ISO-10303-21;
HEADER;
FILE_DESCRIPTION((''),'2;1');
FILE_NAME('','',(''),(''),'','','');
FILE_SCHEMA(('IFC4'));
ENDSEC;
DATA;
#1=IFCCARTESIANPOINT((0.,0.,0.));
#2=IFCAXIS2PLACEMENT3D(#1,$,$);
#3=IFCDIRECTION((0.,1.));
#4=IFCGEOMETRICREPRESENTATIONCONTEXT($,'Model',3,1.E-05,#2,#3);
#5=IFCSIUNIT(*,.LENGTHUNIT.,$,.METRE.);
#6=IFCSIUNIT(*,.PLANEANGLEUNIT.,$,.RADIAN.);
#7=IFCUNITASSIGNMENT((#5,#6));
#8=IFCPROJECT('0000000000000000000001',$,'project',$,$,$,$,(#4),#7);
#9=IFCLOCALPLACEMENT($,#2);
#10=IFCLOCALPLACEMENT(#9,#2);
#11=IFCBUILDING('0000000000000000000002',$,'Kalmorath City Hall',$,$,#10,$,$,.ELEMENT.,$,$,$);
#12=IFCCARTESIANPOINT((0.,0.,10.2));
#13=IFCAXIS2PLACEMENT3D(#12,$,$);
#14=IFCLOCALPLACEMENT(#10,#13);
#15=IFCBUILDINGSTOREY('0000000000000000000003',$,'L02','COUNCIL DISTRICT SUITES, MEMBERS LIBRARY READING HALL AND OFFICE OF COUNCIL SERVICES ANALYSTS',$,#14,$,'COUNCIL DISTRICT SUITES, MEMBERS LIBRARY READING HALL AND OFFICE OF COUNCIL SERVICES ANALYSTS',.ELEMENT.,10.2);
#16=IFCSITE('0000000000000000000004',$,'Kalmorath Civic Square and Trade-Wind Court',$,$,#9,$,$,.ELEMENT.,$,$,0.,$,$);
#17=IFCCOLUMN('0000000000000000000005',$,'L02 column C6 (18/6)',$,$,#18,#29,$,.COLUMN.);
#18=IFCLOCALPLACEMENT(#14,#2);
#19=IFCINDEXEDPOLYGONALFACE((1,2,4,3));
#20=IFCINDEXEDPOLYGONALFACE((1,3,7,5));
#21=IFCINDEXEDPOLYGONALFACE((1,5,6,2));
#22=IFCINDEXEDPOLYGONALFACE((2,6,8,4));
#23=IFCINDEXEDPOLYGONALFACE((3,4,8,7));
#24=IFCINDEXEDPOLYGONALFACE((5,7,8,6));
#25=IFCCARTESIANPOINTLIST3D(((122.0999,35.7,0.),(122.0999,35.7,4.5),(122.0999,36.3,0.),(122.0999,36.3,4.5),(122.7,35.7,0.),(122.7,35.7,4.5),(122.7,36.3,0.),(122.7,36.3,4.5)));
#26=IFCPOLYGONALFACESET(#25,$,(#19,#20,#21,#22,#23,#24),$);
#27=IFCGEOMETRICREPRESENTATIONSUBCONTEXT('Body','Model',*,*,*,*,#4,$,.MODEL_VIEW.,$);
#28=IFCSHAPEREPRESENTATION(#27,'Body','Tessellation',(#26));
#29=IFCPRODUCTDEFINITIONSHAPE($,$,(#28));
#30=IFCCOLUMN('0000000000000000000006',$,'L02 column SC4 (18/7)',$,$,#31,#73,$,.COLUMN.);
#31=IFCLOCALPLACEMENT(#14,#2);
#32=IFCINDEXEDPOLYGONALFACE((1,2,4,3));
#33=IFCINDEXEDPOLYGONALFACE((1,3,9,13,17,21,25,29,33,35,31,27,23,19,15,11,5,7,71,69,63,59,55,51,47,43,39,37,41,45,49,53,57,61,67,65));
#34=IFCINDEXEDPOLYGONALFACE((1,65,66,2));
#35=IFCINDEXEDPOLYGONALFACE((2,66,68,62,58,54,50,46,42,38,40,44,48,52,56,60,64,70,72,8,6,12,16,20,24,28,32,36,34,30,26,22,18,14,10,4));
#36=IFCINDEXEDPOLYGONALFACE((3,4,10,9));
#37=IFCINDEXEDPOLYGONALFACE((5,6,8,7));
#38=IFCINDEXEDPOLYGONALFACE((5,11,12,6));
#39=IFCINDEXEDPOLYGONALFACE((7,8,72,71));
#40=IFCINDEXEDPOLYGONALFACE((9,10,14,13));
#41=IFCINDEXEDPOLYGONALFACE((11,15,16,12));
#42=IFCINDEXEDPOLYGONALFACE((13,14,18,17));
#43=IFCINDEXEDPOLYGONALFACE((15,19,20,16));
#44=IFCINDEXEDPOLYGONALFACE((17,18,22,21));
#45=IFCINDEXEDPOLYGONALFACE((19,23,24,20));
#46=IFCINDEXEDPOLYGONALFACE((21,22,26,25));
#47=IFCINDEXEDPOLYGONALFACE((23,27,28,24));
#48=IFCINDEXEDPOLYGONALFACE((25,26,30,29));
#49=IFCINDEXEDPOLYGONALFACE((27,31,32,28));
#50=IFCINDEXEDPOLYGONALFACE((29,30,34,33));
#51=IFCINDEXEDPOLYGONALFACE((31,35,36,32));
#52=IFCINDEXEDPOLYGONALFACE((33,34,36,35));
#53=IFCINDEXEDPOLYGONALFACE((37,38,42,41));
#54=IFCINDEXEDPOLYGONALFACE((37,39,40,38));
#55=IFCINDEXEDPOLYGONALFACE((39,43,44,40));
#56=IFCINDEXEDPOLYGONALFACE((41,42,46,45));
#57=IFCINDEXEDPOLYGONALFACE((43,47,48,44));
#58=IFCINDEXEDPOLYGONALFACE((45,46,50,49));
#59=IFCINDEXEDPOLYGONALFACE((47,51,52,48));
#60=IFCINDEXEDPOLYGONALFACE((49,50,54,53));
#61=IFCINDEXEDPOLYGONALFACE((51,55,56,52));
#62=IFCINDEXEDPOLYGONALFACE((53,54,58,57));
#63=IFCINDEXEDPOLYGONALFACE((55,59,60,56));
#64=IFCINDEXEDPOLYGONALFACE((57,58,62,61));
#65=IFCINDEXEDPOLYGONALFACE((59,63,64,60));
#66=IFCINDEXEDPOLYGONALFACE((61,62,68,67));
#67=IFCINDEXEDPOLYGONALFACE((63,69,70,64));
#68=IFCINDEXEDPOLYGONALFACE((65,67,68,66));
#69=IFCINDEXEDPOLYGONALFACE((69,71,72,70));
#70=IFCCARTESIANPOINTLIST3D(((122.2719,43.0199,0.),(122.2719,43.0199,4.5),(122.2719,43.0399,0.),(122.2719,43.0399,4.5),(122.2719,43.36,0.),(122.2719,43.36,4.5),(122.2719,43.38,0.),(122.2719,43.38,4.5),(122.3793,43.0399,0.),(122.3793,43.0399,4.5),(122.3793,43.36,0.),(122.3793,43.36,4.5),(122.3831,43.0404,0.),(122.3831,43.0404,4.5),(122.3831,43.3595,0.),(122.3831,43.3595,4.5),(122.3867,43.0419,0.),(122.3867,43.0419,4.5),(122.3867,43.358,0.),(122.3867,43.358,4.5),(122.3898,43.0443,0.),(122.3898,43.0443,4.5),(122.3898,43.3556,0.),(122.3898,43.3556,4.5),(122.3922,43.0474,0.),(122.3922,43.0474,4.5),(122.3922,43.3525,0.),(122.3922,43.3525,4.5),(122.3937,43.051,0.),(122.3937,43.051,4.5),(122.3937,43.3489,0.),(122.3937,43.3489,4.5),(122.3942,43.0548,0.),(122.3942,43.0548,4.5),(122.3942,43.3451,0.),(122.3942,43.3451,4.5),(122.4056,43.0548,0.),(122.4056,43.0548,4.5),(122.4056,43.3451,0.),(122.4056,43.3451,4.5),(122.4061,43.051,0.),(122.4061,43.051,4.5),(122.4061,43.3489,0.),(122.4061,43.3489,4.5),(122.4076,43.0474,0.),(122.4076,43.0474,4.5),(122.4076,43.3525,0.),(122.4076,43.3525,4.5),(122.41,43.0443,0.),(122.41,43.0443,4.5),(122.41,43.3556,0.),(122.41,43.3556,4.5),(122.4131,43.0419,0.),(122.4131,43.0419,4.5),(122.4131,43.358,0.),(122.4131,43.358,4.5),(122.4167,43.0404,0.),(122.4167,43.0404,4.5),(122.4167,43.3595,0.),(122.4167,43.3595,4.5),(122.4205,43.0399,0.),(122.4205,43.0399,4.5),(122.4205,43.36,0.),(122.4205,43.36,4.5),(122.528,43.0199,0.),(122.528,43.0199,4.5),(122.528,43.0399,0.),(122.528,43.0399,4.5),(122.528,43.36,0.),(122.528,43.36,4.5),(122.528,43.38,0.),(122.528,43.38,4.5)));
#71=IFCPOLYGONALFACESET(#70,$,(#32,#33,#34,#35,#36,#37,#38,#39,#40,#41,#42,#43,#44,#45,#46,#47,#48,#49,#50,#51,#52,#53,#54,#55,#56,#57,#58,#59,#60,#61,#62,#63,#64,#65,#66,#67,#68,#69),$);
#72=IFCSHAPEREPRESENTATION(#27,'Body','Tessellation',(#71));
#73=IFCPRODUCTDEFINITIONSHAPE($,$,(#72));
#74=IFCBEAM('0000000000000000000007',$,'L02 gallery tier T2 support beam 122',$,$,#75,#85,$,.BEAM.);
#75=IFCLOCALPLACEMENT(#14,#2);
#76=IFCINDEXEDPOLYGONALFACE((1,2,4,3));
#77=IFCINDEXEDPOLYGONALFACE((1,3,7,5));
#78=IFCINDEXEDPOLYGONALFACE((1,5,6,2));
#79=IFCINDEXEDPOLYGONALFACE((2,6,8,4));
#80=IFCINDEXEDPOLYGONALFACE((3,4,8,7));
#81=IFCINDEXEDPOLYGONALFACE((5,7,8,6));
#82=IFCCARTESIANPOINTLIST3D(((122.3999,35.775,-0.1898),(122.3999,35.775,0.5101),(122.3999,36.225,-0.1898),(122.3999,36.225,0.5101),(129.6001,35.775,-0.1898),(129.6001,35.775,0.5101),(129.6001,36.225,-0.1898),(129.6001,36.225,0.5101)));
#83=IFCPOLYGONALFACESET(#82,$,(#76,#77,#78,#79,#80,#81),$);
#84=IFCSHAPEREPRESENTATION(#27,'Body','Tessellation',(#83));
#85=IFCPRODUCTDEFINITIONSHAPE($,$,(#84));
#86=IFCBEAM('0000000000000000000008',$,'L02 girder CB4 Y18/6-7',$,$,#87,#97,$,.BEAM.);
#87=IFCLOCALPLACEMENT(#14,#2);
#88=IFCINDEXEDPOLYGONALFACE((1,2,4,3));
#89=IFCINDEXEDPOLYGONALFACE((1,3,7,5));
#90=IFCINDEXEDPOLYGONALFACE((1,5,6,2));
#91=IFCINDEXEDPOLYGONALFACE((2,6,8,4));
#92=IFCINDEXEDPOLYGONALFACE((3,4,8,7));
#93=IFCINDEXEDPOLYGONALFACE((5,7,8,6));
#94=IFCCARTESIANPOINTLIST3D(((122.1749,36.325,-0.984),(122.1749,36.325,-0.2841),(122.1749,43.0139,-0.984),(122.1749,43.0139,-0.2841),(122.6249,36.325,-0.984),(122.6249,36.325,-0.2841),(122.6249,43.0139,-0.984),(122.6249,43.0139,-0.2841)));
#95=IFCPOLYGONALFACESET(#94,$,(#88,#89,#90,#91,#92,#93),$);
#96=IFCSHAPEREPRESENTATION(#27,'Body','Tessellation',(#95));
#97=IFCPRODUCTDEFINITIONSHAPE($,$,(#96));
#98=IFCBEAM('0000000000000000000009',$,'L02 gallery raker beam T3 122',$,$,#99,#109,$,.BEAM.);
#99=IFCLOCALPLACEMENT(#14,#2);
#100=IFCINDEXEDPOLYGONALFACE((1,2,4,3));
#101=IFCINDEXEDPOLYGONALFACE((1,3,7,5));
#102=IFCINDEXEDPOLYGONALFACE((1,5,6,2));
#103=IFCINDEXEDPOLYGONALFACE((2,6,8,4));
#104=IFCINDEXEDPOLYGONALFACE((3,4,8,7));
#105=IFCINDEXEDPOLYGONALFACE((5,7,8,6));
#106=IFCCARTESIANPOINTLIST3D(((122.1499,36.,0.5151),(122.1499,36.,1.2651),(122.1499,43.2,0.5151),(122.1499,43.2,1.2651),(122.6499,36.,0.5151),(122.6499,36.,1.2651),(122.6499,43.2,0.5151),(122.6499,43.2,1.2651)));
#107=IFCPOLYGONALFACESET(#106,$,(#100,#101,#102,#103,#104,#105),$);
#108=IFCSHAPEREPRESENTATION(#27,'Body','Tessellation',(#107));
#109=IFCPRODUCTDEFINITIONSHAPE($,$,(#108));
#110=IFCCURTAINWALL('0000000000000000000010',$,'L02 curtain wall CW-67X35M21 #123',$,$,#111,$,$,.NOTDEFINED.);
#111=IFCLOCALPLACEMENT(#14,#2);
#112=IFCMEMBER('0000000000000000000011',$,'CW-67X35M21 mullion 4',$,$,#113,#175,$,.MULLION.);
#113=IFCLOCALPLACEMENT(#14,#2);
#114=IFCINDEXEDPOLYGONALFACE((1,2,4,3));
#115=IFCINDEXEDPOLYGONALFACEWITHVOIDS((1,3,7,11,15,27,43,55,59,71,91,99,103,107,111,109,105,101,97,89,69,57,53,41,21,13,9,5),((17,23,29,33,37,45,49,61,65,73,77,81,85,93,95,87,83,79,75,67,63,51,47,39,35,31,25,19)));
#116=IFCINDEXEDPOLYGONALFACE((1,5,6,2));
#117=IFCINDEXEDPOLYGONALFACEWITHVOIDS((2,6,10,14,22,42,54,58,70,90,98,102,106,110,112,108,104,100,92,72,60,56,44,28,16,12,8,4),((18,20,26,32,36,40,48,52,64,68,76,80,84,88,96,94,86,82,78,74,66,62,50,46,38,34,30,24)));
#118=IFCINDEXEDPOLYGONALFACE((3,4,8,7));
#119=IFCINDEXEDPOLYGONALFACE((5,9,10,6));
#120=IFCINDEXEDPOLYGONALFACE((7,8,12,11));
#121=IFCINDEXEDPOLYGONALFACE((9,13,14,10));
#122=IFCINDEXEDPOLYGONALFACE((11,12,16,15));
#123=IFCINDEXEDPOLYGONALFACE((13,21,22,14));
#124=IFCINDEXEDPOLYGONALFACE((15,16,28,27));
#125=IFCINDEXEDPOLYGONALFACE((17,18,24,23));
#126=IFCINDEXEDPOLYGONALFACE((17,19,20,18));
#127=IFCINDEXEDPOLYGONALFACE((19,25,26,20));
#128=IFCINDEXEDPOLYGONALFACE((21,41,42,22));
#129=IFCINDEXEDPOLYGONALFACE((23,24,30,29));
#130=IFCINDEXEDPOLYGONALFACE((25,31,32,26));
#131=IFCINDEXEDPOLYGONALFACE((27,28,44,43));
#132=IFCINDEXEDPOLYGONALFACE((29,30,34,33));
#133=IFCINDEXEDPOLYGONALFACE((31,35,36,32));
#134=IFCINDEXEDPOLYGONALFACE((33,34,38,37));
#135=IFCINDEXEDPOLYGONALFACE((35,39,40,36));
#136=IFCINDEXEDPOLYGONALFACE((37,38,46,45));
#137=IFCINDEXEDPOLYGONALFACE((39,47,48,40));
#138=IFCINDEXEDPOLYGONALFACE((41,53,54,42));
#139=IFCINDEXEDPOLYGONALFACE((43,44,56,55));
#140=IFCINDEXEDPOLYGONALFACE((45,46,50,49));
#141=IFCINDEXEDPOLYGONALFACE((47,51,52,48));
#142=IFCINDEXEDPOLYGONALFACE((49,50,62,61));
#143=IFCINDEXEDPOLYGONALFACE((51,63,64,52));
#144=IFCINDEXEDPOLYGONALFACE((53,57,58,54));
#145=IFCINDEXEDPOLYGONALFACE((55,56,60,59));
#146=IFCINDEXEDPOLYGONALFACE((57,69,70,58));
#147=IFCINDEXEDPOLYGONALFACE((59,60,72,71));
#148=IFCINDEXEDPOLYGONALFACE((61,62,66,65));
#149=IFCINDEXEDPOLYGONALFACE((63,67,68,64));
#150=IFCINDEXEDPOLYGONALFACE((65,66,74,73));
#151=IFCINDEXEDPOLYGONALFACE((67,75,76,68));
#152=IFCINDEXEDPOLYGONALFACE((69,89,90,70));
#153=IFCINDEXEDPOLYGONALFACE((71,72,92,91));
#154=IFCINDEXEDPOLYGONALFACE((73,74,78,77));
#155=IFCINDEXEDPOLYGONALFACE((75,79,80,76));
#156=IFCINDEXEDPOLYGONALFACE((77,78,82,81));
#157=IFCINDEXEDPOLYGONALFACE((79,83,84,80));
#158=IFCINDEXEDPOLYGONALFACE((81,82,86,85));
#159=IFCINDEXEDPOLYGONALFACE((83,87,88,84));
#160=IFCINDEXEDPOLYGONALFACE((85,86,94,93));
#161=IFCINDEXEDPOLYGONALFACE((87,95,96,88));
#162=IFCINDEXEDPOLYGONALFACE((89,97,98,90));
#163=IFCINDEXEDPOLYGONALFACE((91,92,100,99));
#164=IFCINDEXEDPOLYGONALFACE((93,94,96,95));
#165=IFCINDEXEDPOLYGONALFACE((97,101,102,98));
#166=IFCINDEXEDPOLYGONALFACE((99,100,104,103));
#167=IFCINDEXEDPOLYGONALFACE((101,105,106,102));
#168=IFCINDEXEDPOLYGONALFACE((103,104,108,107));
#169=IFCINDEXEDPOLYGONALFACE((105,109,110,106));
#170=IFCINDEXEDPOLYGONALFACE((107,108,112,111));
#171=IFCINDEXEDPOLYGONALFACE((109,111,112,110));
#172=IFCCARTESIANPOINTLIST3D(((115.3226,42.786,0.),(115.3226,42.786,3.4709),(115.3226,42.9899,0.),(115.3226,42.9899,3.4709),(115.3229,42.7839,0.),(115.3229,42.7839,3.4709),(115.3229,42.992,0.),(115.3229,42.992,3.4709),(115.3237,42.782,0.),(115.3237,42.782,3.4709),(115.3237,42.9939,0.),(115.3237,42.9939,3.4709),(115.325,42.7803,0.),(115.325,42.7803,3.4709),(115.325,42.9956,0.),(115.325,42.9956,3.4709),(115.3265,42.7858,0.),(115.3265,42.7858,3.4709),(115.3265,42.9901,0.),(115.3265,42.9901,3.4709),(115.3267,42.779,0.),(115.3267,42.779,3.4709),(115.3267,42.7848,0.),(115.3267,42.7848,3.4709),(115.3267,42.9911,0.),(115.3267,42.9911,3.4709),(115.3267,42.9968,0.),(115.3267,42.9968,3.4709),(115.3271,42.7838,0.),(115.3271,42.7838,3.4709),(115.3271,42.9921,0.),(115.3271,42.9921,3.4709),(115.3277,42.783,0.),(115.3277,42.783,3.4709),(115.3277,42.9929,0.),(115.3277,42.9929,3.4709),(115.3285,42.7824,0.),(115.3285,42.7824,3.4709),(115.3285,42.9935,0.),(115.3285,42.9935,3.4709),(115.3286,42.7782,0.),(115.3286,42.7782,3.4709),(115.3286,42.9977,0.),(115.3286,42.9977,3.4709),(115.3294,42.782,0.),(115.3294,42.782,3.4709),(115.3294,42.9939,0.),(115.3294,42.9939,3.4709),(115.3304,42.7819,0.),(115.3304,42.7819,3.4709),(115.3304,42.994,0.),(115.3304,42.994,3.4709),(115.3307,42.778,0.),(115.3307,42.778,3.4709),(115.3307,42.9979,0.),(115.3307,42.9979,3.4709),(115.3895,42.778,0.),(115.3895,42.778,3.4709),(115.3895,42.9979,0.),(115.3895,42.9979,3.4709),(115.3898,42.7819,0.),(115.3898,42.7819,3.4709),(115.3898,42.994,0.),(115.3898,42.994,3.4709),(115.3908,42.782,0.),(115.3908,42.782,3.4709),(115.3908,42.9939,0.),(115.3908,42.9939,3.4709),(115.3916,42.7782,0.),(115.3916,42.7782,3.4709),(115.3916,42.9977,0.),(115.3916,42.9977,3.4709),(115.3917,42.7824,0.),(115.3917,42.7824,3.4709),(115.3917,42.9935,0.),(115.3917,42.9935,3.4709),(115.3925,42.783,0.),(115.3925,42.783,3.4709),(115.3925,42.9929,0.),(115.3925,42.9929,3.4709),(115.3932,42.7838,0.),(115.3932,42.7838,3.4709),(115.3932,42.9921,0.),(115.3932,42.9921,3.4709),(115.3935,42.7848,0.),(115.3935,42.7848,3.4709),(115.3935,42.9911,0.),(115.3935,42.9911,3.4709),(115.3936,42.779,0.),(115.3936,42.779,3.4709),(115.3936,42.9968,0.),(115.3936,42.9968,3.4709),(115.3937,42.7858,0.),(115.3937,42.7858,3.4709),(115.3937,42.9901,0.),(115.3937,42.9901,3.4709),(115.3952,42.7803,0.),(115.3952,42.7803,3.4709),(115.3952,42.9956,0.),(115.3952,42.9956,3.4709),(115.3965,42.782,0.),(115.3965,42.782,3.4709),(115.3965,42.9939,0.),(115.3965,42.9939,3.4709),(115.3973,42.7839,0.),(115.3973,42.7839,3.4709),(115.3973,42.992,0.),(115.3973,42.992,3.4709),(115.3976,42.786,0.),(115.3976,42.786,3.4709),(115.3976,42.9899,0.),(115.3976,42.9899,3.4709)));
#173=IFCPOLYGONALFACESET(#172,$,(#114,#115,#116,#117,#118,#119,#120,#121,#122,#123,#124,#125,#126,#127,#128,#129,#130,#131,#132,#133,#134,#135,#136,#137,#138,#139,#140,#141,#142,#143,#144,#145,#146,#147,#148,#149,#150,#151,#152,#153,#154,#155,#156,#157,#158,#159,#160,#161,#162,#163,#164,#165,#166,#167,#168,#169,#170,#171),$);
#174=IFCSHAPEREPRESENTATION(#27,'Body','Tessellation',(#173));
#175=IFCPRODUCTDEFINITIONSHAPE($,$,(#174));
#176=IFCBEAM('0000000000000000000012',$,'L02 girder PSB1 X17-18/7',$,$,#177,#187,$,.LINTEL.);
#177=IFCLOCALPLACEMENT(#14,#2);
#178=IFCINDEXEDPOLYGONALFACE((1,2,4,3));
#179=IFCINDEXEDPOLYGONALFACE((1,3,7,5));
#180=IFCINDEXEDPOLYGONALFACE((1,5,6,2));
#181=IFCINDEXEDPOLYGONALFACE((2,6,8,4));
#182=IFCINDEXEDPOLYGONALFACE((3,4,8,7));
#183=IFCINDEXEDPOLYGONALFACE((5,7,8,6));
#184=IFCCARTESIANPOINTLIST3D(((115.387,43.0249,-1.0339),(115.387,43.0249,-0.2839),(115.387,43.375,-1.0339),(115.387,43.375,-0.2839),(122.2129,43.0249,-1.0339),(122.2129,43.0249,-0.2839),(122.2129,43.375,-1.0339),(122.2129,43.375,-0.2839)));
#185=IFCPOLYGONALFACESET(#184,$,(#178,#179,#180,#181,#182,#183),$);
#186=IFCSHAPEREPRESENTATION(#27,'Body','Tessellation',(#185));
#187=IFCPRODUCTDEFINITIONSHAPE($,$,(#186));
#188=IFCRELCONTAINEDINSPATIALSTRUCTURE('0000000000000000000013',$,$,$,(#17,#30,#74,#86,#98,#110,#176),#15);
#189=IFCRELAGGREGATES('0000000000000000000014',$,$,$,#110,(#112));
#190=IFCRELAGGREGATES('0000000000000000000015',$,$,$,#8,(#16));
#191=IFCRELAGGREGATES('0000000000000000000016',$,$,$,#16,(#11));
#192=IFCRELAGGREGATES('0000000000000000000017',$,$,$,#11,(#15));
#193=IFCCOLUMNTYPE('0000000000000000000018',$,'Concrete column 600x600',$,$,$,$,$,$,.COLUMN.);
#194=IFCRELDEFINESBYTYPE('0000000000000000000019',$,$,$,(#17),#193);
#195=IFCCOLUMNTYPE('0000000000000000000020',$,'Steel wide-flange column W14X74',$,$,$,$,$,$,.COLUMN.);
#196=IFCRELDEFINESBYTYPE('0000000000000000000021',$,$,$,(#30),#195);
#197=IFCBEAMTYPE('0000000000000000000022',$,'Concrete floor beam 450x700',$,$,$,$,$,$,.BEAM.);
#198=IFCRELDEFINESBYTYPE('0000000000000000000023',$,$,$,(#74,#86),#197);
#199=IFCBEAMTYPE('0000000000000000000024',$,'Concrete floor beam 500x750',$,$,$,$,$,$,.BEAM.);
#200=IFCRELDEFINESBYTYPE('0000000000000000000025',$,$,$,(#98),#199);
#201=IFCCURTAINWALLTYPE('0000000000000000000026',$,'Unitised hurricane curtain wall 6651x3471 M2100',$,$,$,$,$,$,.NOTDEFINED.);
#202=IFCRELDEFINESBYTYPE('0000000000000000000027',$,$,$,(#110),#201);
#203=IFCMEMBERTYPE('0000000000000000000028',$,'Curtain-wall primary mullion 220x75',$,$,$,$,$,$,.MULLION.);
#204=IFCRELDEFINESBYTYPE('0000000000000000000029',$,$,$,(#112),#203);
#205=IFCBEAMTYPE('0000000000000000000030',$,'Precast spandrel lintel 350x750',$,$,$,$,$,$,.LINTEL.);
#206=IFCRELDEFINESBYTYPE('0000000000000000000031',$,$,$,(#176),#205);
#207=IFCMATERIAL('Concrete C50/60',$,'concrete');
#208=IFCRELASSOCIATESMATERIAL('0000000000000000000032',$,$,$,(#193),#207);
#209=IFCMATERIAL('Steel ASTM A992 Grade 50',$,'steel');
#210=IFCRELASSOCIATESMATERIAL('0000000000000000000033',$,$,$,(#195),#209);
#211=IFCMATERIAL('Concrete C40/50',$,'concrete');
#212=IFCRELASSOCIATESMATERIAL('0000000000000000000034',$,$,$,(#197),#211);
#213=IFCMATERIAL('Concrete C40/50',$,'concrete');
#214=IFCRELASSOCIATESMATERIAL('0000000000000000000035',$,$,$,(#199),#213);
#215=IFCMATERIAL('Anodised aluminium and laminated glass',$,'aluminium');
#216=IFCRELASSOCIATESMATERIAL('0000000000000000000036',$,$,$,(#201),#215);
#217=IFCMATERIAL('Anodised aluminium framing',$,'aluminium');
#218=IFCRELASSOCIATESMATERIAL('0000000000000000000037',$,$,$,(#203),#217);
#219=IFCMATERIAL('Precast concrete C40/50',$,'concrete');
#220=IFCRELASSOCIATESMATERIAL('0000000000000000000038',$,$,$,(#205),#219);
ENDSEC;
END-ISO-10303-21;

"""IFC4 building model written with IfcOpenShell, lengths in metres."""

from ifc_helpers import new_model, si_unit, direction, frame, origin, origin_2d, place, context, subcontext, project, spatial, rectangle, hollow_rectangle, i_section, extrude, material, material_profile, profile_set, type_object, element, aggregate, save


model = new_model("IFC4")

# Units and contexts
model_context = context("Model", 3, precision=1e-05, world=origin(), true_north=direction((0.0, 1.0)))
body_context = subcontext(model_context, "Body", "Model", "MODEL_VIEW")
ifc_project = project(units=[si_unit("LENGTHUNIT", "METRE"), si_unit("PLANEANGLEUNIT", "RADIAN")], contexts=[model_context])

# Site, building, storey
site_placement = place(None, origin())
site = spatial("IfcSite", under=ifc_project, at=site_placement, Name="Kalmorath Civic Square and Trade-Wind Court", CompositionType="ELEMENT", RefElevation=0.0)
building_placement = place(site_placement, origin())
building = spatial("IfcBuilding", under=site, at=building_placement, Name="Kalmorath City Hall", CompositionType="ELEMENT")
storey_placement = place(building_placement, frame((0.0, 0.0, 10.2)))
storey = spatial("IfcBuildingStorey", under=building, at=storey_placement, Name="L02", Description="COUNCIL DISTRICT SUITES, MEMBERS LIBRARY READING HALL AND OFFICE OF COUNCIL SERVICES ANALYSTS", LongName="COUNCIL DISTRICT SUITES, MEMBERS LIBRARY READING HALL AND OFFICE OF COUNCIL SERVICES ANALYSTS", CompositionType="ELEMENT", Elevation=10.2)

# Columns
ifc_material_1 = material(Name="Concrete C50/60", Category="concrete")
ifc_material_profile_1 = material_profile(ifc_material_1, rectangle(XDim=0.6001, YDim=0.6001, at=origin_2d()), Name="RC-COL-600X600")
ifc_profile_set_1 = profile_set([ifc_material_profile_1], Name="Concrete C50/60")
column_type_1 = type_object("IfcColumnType", Name="Concrete column 600x600", PredefinedType="COLUMN", material=ifc_profile_set_1)
column_1_placement = place(storey_placement, frame((122.3999, 36.0, 0.0), z_axis=(0.0, 0.0, 1.0), x_axis=(1.0, 0.0, 0.0)))
element("IfcColumn", 1, at=column_1_placement, inside=storey, type_object=column_type_1, Name="L02 column C6 (18/6)", PredefinedType="COLUMN", context=body_context, shape_type="SweptSolid", body=[
    extrude(rectangle(XDim=0.6001, YDim=0.6001, at=origin_2d()), origin(), (0.0, 0.0, 1.0), 4.5),
])
ifc_material_2 = material(Name="Steel ASTM A992 Grade 50", Category="steel")
ifc_material_profile_2 = material_profile(ifc_material_2, i_section(OverallWidth=0.2561, OverallDepth=0.3601, WebThickness=0.0115, FlangeThickness=0.02, FilletRadius=0.0149, at=origin_2d()), Name="W14X74")
ifc_profile_set_2 = profile_set([ifc_material_profile_2], Name="Steel ASTM A992 Grade 50")
column_type_2 = type_object("IfcColumnType", Name="Steel wide-flange column W14X74", PredefinedType="COLUMN", material=ifc_profile_set_2)
column_2_placement = place(storey_placement, frame((122.3999, 43.2, 0.0), z_axis=(0.0, 0.0, 1.0), x_axis=(1.0, 0.0, 0.0)))
element("IfcColumn", 2, at=column_2_placement, inside=storey, type_object=column_type_2, Name="L02 column SC4 (18/7)", PredefinedType="COLUMN", context=body_context, shape_type="SweptSolid", body=[
    extrude(i_section(OverallWidth=0.2561, OverallDepth=0.3601, WebThickness=0.0115, FlangeThickness=0.02, FilletRadius=0.0149, at=origin_2d()), origin(), (0.0, 0.0, 1.0), 4.5),
])

# Beams
ifc_material_3 = material(Name="Concrete C40/50", Category="concrete")
ifc_material_profile_3 = material_profile(ifc_material_3, rectangle(XDim=0.45, YDim=0.7, at=origin_2d()), Name="RC-BM-450X700")
ifc_profile_set_3 = profile_set([ifc_material_profile_3], Name="Concrete C40/50")
beam_type_1 = type_object("IfcBeamType", Name="Concrete floor beam 450x700", PredefinedType="BEAM", material=ifc_profile_set_3)
beam_1_placement = place(storey_placement, frame((122.3999, 36.0, 0.1602), z_axis=(1.0, 0.0, 0.0), x_axis=(0.0, 1.0, 0.0)))
element("IfcBeam", 3, at=beam_1_placement, inside=storey, type_object=beam_type_1, Name="L02 gallery tier T2 support beam 122", PredefinedType="BEAM", context=body_context, shape_type="SweptSolid", body=[
    extrude(rectangle(XDim=0.45, YDim=0.7, at=origin_2d()), origin(), (0.0, 0.0, 1.0), 7.2002),
])
beam_2_placement = place(storey_placement, frame((122.3999, 36.325, -0.634), z_axis=(0.0, 1.0, 0.0), x_axis=(-1.0, 0.0, 0.0)))
element("IfcBeam", 4, at=beam_2_placement, inside=storey, type_object=beam_type_1, Name="L02 girder CB4 Y18/6-7", PredefinedType="BEAM", context=body_context, shape_type="SweptSolid", body=[
    extrude(rectangle(XDim=0.45, YDim=0.7, at=origin_2d()), origin(), (0.0, 0.0, 1.0), 6.689),
])
ifc_material_4 = material(Name="Concrete C40/50", Category="concrete")
ifc_material_profile_4 = material_profile(ifc_material_4, rectangle(XDim=0.5, YDim=0.75, at=origin_2d()), Name="RC-BM-500X750")
ifc_profile_set_4 = profile_set([ifc_material_profile_4], Name="Concrete C40/50")
beam_type_2 = type_object("IfcBeamType", Name="Concrete floor beam 500x750", PredefinedType="BEAM", material=ifc_profile_set_4)
beam_3_placement = place(storey_placement, frame((122.3999, 36.0, 0.8901), z_axis=(0.0, 1.0, 0.0), x_axis=(-1.0, 0.0, 0.0)))
element("IfcBeam", 5, at=beam_3_placement, inside=storey, type_object=beam_type_2, Name="L02 gallery raker beam T3 122", PredefinedType="BEAM", context=body_context, shape_type="SweptSolid", body=[
    extrude(rectangle(XDim=0.5, YDim=0.75, at=origin_2d()), origin(), (0.0, 0.0, 1.0), 7.2),
])

# Curtain wall, member
ifc_material_5 = material(Name="Anodised aluminium and laminated glass", Category="aluminium")
curtain_wall_type = type_object("IfcCurtainWallType", Name="Unitised hurricane curtain wall 6651x3471 M2100", PredefinedType="NOTDEFINED", material=ifc_material_5)
curtain_wall_placement = place(storey_placement, origin())
curtain_wall = element("IfcCurtainWall", 6, at=curtain_wall_placement, inside=storey, type_object=curtain_wall_type, Name="L02 curtain wall CW-67X35M21 #123", PredefinedType="NOTDEFINED")
ifc_material_6 = material(Name="Anodised aluminium framing", Category="aluminium")
ifc_material_profile_5 = material_profile(ifc_material_6, hollow_rectangle(XDim=0.075, YDim=0.22, WallThickness=0.0039, InnerFilletRadius=0.0039, OuterFilletRadius=0.0081, at=origin_2d()), Name="ALU-MUL-220X75X4")
ifc_profile_set_5 = profile_set([ifc_material_profile_5], Name="Anodised aluminium framing")
member_type = type_object("IfcMemberType", Name="Curtain-wall primary mullion 220x75", PredefinedType="MULLION", material=ifc_profile_set_5)
member_placement = place(storey_placement, frame((115.3601, 42.8879, 0.0), z_axis=(0.0, 0.0, 1.0), x_axis=(-1.0, 0.0, 0.0)))
member = element("IfcMember", 7, at=member_placement, type_object=member_type, Name="CW-67X35M21 mullion 4", PredefinedType="MULLION", context=body_context, shape_type="SweptSolid", body=[
    extrude(hollow_rectangle(XDim=0.075, YDim=0.22, WallThickness=0.0039, InnerFilletRadius=0.0039, OuterFilletRadius=0.0081, at=origin_2d()), origin(), (0.0, 0.0, 1.0), 3.4709),
])
aggregate(curtain_wall, [member])

# Beam
ifc_material_7 = material(Name="Precast concrete C40/50", Category="concrete")
ifc_material_profile_6 = material_profile(ifc_material_7, rectangle(XDim=0.3501, YDim=0.75, at=origin_2d()), Name="PC-SP-350X750")
ifc_profile_set_6 = profile_set([ifc_material_profile_6], Name="Precast concrete C40/50")
beam_type_3 = type_object("IfcBeamType", Name="Precast spandrel lintel 350x750", PredefinedType="LINTEL", material=ifc_profile_set_6)
beam_4_placement = place(storey_placement, frame((115.387, 43.2, -0.6589), z_axis=(1.0, 0.0, 0.0), x_axis=(0.0, 1.0, 0.0)))
element("IfcBeam", 8, at=beam_4_placement, inside=storey, type_object=beam_type_3, Name="L02 girder PSB1 X17-18/7", PredefinedType="LINTEL", context=body_context, shape_type="SweptSolid", body=[
    extrude(rectangle(XDim=0.3501, YDim=0.75, at=origin_2d()), origin(), (0.0, 0.0, 1.0), 6.8259),
])

save(model, "model.ifc")
